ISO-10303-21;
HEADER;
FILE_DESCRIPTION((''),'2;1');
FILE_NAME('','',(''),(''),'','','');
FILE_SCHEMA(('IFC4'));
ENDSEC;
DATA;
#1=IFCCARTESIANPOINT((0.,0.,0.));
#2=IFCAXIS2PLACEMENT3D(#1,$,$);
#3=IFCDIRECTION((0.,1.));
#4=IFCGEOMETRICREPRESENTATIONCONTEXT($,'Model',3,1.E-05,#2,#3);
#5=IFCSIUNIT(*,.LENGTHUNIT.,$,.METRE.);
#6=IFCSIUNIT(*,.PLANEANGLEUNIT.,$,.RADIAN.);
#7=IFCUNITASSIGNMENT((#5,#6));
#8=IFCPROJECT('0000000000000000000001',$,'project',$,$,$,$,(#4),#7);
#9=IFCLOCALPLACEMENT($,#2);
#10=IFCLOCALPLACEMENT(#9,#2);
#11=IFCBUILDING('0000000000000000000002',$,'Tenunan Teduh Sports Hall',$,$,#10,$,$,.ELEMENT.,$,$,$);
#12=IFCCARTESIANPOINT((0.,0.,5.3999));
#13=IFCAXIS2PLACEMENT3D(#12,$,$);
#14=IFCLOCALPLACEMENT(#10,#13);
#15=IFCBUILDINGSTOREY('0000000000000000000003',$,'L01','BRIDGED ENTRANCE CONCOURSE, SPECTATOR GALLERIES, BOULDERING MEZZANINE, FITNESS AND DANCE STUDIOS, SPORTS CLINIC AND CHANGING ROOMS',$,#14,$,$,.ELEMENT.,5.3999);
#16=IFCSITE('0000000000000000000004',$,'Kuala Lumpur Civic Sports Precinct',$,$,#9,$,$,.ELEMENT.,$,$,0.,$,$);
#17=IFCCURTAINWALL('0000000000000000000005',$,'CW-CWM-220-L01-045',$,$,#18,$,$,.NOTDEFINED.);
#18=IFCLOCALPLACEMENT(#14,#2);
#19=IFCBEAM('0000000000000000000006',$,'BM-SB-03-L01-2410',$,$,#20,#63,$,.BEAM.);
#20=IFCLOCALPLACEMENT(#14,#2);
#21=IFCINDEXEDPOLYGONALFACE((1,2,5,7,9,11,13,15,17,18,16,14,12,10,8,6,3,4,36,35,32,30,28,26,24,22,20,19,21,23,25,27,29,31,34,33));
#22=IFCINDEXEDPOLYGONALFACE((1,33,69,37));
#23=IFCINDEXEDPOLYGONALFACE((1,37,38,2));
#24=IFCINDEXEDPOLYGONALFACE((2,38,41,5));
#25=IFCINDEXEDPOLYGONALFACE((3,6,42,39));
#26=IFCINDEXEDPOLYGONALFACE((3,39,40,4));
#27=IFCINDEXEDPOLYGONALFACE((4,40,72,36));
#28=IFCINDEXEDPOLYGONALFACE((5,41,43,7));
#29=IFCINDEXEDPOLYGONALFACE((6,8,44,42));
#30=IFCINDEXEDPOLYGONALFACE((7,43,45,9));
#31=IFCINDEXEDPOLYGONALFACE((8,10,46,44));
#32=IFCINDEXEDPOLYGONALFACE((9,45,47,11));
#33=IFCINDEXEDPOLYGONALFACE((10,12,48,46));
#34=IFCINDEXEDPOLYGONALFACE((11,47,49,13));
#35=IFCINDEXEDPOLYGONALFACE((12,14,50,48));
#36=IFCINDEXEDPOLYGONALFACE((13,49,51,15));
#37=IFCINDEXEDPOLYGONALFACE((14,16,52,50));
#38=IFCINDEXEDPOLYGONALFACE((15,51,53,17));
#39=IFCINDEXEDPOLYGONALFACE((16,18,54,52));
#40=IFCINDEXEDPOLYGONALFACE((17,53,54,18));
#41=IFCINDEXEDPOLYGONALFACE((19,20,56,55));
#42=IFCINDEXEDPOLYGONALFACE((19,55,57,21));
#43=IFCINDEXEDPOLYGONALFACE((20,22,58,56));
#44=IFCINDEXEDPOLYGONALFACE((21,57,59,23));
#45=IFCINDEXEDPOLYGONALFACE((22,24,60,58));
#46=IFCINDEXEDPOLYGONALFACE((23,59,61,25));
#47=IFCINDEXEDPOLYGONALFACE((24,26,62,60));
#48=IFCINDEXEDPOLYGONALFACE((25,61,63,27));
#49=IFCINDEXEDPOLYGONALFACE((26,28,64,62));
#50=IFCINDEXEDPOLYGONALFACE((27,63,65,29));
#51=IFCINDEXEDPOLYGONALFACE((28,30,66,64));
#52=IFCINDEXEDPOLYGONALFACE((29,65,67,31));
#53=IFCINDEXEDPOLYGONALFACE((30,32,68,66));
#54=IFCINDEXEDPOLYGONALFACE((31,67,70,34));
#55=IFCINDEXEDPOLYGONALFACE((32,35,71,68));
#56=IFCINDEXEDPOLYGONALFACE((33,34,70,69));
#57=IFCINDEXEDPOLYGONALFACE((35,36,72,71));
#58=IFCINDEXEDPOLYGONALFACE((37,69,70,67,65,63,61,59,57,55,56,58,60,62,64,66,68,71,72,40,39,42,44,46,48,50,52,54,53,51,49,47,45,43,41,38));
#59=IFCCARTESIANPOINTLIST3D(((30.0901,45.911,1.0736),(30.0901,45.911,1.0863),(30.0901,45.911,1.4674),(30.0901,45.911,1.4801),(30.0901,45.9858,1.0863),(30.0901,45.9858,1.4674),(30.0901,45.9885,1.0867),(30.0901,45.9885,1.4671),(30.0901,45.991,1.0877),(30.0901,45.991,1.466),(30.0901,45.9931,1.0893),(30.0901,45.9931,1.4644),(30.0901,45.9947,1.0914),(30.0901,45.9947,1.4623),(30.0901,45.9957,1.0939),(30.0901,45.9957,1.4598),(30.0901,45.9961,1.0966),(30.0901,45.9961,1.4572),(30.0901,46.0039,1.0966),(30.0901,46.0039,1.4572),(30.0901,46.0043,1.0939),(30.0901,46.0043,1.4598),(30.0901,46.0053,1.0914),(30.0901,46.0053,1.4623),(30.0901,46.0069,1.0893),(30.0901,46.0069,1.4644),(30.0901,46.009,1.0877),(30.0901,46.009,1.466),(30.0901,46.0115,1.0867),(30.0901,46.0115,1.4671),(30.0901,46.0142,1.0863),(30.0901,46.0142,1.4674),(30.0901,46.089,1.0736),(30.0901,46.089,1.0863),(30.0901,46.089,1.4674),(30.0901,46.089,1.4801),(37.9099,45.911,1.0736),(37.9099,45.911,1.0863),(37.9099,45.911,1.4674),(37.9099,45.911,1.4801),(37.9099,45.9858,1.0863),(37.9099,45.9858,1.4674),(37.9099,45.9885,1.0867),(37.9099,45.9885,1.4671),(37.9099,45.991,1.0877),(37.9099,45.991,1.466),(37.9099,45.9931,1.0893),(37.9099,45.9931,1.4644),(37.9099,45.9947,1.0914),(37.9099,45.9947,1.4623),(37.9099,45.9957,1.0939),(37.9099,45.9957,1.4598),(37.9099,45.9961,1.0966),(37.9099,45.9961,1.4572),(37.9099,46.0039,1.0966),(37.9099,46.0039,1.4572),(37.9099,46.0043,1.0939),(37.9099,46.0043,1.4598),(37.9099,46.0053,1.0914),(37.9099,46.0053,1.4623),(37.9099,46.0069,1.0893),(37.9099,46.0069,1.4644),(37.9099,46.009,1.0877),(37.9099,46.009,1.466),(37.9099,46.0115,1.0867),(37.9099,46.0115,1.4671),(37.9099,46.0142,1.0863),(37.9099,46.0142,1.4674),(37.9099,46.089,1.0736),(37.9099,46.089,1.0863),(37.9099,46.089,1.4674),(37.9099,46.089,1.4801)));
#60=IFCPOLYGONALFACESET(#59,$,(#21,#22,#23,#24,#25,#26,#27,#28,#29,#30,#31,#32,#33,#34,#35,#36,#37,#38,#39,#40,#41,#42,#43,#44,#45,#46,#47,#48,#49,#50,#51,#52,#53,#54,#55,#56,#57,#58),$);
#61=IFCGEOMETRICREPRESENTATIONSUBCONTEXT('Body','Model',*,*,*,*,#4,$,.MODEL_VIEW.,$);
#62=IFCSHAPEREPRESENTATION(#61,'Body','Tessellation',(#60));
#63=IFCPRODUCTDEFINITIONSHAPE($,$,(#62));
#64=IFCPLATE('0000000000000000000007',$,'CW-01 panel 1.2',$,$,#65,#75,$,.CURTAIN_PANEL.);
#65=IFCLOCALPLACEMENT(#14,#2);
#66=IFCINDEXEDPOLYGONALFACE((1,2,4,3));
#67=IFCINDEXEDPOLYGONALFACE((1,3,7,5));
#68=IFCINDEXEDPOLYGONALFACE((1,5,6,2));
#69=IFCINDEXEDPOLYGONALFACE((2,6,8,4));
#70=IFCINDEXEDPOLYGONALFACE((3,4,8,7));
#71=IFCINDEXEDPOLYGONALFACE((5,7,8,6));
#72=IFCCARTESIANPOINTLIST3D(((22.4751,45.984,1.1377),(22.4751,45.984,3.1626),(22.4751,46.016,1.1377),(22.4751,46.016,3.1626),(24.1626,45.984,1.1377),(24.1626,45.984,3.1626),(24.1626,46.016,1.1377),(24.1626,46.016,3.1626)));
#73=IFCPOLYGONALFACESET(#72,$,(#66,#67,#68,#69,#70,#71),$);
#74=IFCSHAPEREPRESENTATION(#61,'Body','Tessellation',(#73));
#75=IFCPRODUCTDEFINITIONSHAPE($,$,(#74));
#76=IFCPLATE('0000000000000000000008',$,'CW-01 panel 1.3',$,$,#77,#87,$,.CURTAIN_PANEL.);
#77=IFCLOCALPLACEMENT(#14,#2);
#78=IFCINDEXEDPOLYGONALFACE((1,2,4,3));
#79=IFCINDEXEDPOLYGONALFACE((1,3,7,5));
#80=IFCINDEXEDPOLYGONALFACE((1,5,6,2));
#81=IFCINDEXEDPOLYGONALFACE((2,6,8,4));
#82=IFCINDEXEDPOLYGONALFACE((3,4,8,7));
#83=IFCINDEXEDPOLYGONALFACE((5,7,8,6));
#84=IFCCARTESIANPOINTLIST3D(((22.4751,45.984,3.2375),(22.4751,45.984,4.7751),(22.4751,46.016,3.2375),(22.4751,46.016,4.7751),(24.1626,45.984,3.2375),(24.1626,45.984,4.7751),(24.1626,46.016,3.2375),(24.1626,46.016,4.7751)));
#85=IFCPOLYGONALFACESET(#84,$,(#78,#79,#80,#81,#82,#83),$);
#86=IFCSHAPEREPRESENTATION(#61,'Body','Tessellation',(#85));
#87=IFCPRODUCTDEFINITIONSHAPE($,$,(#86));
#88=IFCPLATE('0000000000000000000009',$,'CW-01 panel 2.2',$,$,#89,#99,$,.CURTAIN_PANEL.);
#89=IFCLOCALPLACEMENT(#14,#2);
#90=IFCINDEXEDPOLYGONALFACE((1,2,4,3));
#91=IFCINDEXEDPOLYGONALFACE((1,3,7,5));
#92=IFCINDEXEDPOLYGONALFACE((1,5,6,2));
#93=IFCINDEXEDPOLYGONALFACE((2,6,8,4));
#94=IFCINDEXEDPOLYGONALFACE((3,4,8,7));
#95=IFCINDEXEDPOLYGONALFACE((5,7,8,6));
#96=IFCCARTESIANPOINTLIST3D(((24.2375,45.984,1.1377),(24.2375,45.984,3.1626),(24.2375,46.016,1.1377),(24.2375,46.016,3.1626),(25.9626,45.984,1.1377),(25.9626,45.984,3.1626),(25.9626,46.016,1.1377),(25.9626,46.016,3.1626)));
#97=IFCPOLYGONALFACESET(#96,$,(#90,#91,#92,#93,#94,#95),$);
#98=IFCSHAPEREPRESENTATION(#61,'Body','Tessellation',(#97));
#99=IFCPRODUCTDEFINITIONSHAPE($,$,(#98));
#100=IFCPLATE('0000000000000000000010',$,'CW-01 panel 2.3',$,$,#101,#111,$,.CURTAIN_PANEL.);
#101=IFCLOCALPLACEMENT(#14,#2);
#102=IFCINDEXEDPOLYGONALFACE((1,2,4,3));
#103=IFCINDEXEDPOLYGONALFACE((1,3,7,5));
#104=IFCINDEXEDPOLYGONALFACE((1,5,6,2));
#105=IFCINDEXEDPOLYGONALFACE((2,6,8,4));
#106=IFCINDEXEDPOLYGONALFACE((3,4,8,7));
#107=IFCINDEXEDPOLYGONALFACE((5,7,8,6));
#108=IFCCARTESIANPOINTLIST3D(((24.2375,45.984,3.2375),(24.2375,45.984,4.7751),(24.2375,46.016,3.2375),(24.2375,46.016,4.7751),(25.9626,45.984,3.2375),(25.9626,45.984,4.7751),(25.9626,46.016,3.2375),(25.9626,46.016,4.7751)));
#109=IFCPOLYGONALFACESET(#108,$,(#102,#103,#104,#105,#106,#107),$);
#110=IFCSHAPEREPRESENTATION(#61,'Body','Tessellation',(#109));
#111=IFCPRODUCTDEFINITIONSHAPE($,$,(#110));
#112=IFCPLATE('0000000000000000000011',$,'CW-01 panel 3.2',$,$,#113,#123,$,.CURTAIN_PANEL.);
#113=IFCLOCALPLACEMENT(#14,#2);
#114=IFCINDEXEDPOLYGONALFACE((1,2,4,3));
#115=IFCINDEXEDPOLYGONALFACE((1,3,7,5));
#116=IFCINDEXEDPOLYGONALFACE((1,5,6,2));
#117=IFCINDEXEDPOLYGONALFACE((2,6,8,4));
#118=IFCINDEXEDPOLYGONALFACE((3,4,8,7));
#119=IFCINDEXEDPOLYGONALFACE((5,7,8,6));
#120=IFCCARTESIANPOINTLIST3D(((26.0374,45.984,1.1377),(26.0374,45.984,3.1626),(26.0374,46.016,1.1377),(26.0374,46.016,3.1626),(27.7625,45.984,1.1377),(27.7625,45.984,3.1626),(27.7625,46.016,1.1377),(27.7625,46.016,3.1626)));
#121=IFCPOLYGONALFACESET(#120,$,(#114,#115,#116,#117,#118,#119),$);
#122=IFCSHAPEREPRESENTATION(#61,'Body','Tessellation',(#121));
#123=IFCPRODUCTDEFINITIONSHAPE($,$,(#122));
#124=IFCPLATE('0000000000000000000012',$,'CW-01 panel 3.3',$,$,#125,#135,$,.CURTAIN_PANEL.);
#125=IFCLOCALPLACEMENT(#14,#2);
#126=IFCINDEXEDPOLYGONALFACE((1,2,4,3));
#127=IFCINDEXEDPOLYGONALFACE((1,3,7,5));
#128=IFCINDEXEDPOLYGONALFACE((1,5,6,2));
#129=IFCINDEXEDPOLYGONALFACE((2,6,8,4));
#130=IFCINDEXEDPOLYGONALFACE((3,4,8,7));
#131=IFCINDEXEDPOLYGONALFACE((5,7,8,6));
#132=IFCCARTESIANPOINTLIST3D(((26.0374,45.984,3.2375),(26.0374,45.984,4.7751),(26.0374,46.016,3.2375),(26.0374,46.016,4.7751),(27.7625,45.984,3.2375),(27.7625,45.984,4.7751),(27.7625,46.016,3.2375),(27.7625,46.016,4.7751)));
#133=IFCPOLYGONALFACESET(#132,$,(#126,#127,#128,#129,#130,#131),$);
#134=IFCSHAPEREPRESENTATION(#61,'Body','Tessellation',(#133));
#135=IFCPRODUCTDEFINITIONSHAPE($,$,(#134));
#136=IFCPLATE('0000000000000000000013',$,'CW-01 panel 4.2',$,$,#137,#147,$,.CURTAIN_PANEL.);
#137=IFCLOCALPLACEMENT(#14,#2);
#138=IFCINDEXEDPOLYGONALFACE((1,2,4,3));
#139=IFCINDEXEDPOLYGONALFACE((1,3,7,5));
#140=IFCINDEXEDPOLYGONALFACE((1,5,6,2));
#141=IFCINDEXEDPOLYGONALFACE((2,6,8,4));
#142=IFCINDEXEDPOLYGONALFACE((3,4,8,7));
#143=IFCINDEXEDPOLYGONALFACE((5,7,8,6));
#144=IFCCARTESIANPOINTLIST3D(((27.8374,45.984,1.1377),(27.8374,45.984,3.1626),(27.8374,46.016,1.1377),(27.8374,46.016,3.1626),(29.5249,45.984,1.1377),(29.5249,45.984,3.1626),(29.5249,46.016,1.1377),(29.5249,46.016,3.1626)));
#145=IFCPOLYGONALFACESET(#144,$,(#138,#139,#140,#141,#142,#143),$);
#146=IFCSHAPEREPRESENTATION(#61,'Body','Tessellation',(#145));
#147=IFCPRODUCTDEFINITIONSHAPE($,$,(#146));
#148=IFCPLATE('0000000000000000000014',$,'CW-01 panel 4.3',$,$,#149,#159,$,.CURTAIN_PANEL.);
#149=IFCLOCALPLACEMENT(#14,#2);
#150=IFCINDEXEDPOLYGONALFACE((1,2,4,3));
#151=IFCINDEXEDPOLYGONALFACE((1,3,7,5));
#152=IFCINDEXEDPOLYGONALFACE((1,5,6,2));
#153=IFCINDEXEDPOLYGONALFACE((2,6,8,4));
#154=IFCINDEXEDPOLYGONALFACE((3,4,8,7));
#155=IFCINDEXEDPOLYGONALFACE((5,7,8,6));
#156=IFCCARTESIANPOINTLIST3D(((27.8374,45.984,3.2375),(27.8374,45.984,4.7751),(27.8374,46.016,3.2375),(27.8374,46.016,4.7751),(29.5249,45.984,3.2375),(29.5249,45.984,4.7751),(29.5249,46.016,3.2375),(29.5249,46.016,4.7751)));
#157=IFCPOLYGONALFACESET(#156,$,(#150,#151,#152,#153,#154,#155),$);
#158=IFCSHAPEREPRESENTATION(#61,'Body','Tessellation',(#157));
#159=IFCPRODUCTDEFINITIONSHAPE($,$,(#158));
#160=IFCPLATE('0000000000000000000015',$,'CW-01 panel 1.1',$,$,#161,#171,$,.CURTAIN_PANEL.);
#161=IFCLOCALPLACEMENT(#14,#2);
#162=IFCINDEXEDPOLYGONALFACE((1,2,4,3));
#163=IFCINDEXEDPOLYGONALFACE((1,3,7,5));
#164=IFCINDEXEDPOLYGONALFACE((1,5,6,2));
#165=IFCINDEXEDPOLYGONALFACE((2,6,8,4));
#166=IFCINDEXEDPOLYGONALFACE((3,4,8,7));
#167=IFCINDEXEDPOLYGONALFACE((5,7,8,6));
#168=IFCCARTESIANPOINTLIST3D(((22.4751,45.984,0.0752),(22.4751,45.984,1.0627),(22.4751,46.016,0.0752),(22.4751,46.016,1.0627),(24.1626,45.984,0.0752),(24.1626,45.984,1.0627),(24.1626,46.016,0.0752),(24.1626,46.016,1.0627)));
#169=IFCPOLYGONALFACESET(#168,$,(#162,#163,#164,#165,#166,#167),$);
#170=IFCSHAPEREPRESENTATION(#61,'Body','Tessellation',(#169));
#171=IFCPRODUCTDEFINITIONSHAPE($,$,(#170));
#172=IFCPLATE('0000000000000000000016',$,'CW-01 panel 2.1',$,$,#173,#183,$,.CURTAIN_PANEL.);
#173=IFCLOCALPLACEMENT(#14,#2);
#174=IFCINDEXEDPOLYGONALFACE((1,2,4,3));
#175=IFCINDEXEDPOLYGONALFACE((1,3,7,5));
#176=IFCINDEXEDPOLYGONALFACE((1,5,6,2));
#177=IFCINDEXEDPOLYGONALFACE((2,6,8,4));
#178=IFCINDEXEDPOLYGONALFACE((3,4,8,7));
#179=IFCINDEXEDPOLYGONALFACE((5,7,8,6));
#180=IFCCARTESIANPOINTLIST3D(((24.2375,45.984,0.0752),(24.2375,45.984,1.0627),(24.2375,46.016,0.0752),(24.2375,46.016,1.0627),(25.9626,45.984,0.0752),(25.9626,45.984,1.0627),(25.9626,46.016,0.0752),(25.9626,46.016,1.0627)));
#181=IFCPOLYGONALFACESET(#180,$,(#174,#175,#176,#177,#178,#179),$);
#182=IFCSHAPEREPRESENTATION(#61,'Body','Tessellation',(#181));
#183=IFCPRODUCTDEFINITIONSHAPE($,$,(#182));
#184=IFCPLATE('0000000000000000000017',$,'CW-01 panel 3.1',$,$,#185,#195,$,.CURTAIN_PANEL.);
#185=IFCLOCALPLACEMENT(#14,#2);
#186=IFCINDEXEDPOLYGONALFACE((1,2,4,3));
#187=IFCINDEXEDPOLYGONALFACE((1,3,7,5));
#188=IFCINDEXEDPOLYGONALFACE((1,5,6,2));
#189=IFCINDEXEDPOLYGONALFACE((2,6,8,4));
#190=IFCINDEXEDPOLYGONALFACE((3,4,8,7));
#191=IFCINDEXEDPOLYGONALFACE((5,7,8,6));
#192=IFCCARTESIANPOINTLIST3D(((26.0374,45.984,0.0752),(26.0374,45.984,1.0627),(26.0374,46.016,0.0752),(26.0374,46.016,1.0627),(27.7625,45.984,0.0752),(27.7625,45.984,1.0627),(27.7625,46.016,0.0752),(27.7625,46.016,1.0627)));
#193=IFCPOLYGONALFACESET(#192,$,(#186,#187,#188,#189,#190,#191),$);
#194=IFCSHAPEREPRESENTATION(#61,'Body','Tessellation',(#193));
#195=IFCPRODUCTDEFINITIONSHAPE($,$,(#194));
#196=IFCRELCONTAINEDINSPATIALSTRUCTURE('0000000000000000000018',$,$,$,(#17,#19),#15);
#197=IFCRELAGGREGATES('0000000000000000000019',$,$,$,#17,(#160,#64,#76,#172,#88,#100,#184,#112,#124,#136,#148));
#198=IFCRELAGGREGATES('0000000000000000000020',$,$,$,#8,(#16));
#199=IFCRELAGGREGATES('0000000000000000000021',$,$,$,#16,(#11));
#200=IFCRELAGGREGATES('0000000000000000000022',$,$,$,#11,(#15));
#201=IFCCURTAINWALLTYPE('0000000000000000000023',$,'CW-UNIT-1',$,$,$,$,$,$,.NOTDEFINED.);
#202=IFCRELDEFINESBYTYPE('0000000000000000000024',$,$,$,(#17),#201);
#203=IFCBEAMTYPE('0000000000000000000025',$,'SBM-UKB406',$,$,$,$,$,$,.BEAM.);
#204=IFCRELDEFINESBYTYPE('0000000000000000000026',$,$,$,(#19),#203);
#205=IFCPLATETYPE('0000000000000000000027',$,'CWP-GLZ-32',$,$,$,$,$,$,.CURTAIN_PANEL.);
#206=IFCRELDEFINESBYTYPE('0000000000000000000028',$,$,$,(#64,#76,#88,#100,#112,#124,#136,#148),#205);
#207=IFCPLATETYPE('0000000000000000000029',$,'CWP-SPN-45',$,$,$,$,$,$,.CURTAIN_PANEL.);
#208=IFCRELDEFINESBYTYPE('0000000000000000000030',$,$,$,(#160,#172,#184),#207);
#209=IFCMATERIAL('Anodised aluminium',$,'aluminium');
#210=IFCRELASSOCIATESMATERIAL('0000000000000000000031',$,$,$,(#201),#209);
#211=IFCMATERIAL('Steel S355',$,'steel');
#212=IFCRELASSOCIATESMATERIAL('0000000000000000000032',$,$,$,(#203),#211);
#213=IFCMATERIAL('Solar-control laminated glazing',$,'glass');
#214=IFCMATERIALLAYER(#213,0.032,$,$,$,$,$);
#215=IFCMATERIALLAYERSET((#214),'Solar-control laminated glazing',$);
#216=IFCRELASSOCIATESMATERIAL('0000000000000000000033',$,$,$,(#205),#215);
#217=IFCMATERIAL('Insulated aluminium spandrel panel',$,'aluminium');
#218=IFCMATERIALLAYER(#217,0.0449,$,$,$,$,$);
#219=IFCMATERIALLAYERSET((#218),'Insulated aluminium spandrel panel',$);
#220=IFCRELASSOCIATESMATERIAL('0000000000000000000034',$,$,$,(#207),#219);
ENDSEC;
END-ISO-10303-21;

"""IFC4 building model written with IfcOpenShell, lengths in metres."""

from ifc_helpers import new_model, si_unit, direction, frame, origin, origin_2d, place, context, subcontext, project, spatial, rectangle, i_section, extrude, material, layer, layer_set, material_profile, profile_set, type_object, element, aggregate, save


model = new_model("IFC4")

# Units and contexts
model_context = context("Model", 3, precision=1e-05, world=origin(), true_north=direction((0.0, 1.0)))
body_context = subcontext(model_context, "Body", "Model", "MODEL_VIEW")
ifc_project = project(units=[si_unit("LENGTHUNIT", "METRE"), si_unit("PLANEANGLEUNIT", "RADIAN")], contexts=[model_context])

# Site, building, storey
site_placement = place(None, origin())
site = spatial("IfcSite", under=ifc_project, at=site_placement, Name="Kuala Lumpur Civic Sports Precinct", CompositionType="ELEMENT", RefElevation=0.0)
building_placement = place(site_placement, origin())
building = spatial("IfcBuilding", under=site, at=building_placement, Name="Tenunan Teduh Sports Hall", CompositionType="ELEMENT")
storey_placement = place(building_placement, frame((0.0, 0.0, 5.3999)))
storey = spatial("IfcBuildingStorey", under=building, at=storey_placement, Name="L01", Description="BRIDGED ENTRANCE CONCOURSE, SPECTATOR GALLERIES, BOULDERING MEZZANINE, FITNESS AND DANCE STUDIOS, SPORTS CLINIC AND CHANGING ROOMS", CompositionType="ELEMENT", Elevation=5.3999)

# Shared definitions
ifc_material_1 = material(Name="Anodised aluminium", Category="aluminium")
curtain_wall_type = type_object("IfcCurtainWallType", Name="CW-UNIT-1", PredefinedType="NOTDEFINED", material=ifc_material_1)

# Curtain wall
curtain_wall_1_placement = place(storey_placement, origin())
curtain_wall_1 = element("IfcCurtainWall", 1, at=curtain_wall_1_placement, inside=storey, type_object=curtain_wall_type, Name="CW-CWM-220-L01-045", PredefinedType="NOTDEFINED")

# Beam
ifc_material_2 = material(Name="Steel S355", Category="steel")
ifc_material_profile_1 = material_profile(ifc_material_2, i_section(OverallWidth=0.178, OverallDepth=0.4065, WebThickness=0.0078, FlangeThickness=0.0127, FilletRadius=0.0103, at=origin_2d()), Name="UKB 406x178x60")
ifc_profile_set_1 = profile_set([ifc_material_profile_1], Name="Steel S355")
beam_type_1 = type_object("IfcBeamType", Name="SBM-UKB406", PredefinedType="BEAM", material=ifc_profile_set_1)
beam_1_placement = place(storey_placement, frame((30.0901, 46.0, 1.2769), z_axis=(1.0, 0.0, 0.0), x_axis=(0.0, 1.0, 0.0)))
element("IfcBeam", 2, at=beam_1_placement, inside=storey, type_object=beam_type_1, Name="BM-SB-03-L01-2410", PredefinedType="BEAM", context=body_context, shape_type="SweptSolid", body=[
    extrude(i_section(OverallWidth=0.178, OverallDepth=0.4065, WebThickness=0.0078, FlangeThickness=0.0127, FilletRadius=0.0103, at=origin_2d()), origin(), (0.0, 0.0, 1.0), 7.8198),
])

# Plates
ifc_material_3 = material(Name="Solar-control laminated glazing", Category="glass")
ifc_layer_1 = layer(ifc_material_3, 0.032)
ifc_layer_set_1 = layer_set([ifc_layer_1], Name="Solar-control laminated glazing")
plate_type_1 = type_object("IfcPlateType", Name="CWP-GLZ-32", PredefinedType="CURTAIN_PANEL", material=ifc_layer_set_1)
plate_1_placement = place(storey_placement, frame((23.3188, 46.0, 1.1377), z_axis=(0.0, 0.0, 1.0), x_axis=(1.0, 0.0, 0.0)))
plate_1 = element("IfcPlate", 3, at=plate_1_placement, type_object=plate_type_1, Name="CW-01 panel 1.2", PredefinedType="CURTAIN_PANEL", context=body_context, shape_type="SweptSolid", body=[
    extrude(rectangle(XDim=1.6875, YDim=0.032, at=origin_2d()), origin(), (0.0, 0.0, 1.0), 2.0249),
])
plate_2_placement = place(storey_placement, frame((23.3188, 46.0, 3.2375), z_axis=(0.0, 0.0, 1.0), x_axis=(1.0, 0.0, 0.0)))
plate_2 = element("IfcPlate", 4, at=plate_2_placement, type_object=plate_type_1, Name="CW-01 panel 1.3", PredefinedType="CURTAIN_PANEL", context=body_context, shape_type="SweptSolid", body=[
    extrude(rectangle(XDim=1.6875, YDim=0.032, at=origin_2d()), origin(), (0.0, 0.0, 1.0), 1.5376),
])
plate_3_placement = place(storey_placement, frame((25.1001, 46.0, 1.1377), z_axis=(0.0, 0.0, 1.0), x_axis=(1.0, 0.0, 0.0)))
plate_3 = element("IfcPlate", 5, at=plate_3_placement, type_object=plate_type_1, Name="CW-01 panel 2.2", PredefinedType="CURTAIN_PANEL", context=body_context, shape_type="SweptSolid", body=[
    extrude(rectangle(XDim=1.7251, YDim=0.032, at=origin_2d()), origin(), (0.0, 0.0, 1.0), 2.0249),
])
plate_4_placement = place(storey_placement, frame((25.1001, 46.0, 3.2375), z_axis=(0.0, 0.0, 1.0), x_axis=(1.0, 0.0, 0.0)))
plate_4 = element("IfcPlate", 6, at=plate_4_placement, type_object=plate_type_1, Name="CW-01 panel 2.3", PredefinedType="CURTAIN_PANEL", context=body_context, shape_type="SweptSolid", body=[
    extrude(rectangle(XDim=1.7251, YDim=0.032, at=origin_2d()), origin(), (0.0, 0.0, 1.0), 1.5376),
])
plate_5_placement = place(storey_placement, frame((26.8999, 46.0, 1.1377), z_axis=(0.0, 0.0, 1.0), x_axis=(1.0, 0.0, 0.0)))
plate_5 = element("IfcPlate", 7, at=plate_5_placement, type_object=plate_type_1, Name="CW-01 panel 3.2", PredefinedType="CURTAIN_PANEL", context=body_context, shape_type="SweptSolid", body=[
    extrude(rectangle(XDim=1.7251, YDim=0.032, at=origin_2d()), origin(), (0.0, 0.0, 1.0), 2.0249),
])
plate_6_placement = place(storey_placement, frame((26.8999, 46.0, 3.2375), z_axis=(0.0, 0.0, 1.0), x_axis=(1.0, 0.0, 0.0)))
plate_6 = element("IfcPlate", 8, at=plate_6_placement, type_object=plate_type_1, Name="CW-01 panel 3.3", PredefinedType="CURTAIN_PANEL", context=body_context, shape_type="SweptSolid", body=[
    extrude(rectangle(XDim=1.7251, YDim=0.032, at=origin_2d()), origin(), (0.0, 0.0, 1.0), 1.5376),
])
plate_7_placement = place(storey_placement, frame((28.6812, 46.0, 1.1377), z_axis=(0.0, 0.0, 1.0), x_axis=(1.0, 0.0, 0.0)))
plate_7 = element("IfcPlate", 9, at=plate_7_placement, type_object=plate_type_1, Name="CW-01 panel 4.2", PredefinedType="CURTAIN_PANEL", context=body_context, shape_type="SweptSolid", body=[
    extrude(rectangle(XDim=1.6875, YDim=0.032, at=origin_2d()), origin(), (0.0, 0.0, 1.0), 2.0249),
])
plate_8_placement = place(storey_placement, frame((28.6812, 46.0, 3.2375), z_axis=(0.0, 0.0, 1.0), x_axis=(1.0, 0.0, 0.0)))
plate_8 = element("IfcPlate", 10, at=plate_8_placement, type_object=plate_type_1, Name="CW-01 panel 4.3", PredefinedType="CURTAIN_PANEL", context=body_context, shape_type="SweptSolid", body=[
    extrude(rectangle(XDim=1.6875, YDim=0.032, at=origin_2d()), origin(), (0.0, 0.0, 1.0), 1.5376),
])
ifc_material_4 = material(Name="Insulated aluminium spandrel panel", Category="aluminium")
ifc_layer_2 = layer(ifc_material_4, 0.0449)
ifc_layer_set_2 = layer_set([ifc_layer_2], Name="Insulated aluminium spandrel panel")
plate_type_2 = type_object("IfcPlateType", Name="CWP-SPN-45", PredefinedType="CURTAIN_PANEL", material=ifc_layer_set_2)
plate_9_placement = place(storey_placement, frame((23.3188, 46.0, 0.0752), z_axis=(0.0, 0.0, 1.0), x_axis=(1.0, 0.0, 0.0)))
plate_9 = element("IfcPlate", 11, at=plate_9_placement, type_object=plate_type_2, Name="CW-01 panel 1.1", PredefinedType="CURTAIN_PANEL", context=body_context, shape_type="SweptSolid", body=[
    extrude(rectangle(XDim=1.6875, YDim=0.032, at=origin_2d()), origin(), (0.0, 0.0, 1.0), 0.9875),
])
plate_10_placement = place(storey_placement, frame((25.1001, 46.0, 0.0752), z_axis=(0.0, 0.0, 1.0), x_axis=(1.0, 0.0, 0.0)))
plate_10 = element("IfcPlate", 12, at=plate_10_placement, type_object=plate_type_2, Name="CW-01 panel 2.1", PredefinedType="CURTAIN_PANEL", context=body_context, shape_type="SweptSolid", body=[
    extrude(rectangle(XDim=1.7251, YDim=0.032, at=origin_2d()), origin(), (0.0, 0.0, 1.0), 0.9875),
])
plate_11_placement = place(storey_placement, frame((26.8999, 46.0, 0.0752), z_axis=(0.0, 0.0, 1.0), x_axis=(1.0, 0.0, 0.0)))
plate_11 = element("IfcPlate", 13, at=plate_11_placement, type_object=plate_type_2, Name="CW-01 panel 3.1", PredefinedType="CURTAIN_PANEL", context=body_context, shape_type="SweptSolid", body=[
    extrude(rectangle(XDim=1.7251, YDim=0.032, at=origin_2d()), origin(), (0.0, 0.0, 1.0), 0.9875),
])
aggregate(curtain_wall_1, [plate_9, plate_1, plate_2, plate_10, plate_3, plate_4, plate_11, plate_5, plate_6, plate_7, plate_8])

save(model, "model.ifc")
